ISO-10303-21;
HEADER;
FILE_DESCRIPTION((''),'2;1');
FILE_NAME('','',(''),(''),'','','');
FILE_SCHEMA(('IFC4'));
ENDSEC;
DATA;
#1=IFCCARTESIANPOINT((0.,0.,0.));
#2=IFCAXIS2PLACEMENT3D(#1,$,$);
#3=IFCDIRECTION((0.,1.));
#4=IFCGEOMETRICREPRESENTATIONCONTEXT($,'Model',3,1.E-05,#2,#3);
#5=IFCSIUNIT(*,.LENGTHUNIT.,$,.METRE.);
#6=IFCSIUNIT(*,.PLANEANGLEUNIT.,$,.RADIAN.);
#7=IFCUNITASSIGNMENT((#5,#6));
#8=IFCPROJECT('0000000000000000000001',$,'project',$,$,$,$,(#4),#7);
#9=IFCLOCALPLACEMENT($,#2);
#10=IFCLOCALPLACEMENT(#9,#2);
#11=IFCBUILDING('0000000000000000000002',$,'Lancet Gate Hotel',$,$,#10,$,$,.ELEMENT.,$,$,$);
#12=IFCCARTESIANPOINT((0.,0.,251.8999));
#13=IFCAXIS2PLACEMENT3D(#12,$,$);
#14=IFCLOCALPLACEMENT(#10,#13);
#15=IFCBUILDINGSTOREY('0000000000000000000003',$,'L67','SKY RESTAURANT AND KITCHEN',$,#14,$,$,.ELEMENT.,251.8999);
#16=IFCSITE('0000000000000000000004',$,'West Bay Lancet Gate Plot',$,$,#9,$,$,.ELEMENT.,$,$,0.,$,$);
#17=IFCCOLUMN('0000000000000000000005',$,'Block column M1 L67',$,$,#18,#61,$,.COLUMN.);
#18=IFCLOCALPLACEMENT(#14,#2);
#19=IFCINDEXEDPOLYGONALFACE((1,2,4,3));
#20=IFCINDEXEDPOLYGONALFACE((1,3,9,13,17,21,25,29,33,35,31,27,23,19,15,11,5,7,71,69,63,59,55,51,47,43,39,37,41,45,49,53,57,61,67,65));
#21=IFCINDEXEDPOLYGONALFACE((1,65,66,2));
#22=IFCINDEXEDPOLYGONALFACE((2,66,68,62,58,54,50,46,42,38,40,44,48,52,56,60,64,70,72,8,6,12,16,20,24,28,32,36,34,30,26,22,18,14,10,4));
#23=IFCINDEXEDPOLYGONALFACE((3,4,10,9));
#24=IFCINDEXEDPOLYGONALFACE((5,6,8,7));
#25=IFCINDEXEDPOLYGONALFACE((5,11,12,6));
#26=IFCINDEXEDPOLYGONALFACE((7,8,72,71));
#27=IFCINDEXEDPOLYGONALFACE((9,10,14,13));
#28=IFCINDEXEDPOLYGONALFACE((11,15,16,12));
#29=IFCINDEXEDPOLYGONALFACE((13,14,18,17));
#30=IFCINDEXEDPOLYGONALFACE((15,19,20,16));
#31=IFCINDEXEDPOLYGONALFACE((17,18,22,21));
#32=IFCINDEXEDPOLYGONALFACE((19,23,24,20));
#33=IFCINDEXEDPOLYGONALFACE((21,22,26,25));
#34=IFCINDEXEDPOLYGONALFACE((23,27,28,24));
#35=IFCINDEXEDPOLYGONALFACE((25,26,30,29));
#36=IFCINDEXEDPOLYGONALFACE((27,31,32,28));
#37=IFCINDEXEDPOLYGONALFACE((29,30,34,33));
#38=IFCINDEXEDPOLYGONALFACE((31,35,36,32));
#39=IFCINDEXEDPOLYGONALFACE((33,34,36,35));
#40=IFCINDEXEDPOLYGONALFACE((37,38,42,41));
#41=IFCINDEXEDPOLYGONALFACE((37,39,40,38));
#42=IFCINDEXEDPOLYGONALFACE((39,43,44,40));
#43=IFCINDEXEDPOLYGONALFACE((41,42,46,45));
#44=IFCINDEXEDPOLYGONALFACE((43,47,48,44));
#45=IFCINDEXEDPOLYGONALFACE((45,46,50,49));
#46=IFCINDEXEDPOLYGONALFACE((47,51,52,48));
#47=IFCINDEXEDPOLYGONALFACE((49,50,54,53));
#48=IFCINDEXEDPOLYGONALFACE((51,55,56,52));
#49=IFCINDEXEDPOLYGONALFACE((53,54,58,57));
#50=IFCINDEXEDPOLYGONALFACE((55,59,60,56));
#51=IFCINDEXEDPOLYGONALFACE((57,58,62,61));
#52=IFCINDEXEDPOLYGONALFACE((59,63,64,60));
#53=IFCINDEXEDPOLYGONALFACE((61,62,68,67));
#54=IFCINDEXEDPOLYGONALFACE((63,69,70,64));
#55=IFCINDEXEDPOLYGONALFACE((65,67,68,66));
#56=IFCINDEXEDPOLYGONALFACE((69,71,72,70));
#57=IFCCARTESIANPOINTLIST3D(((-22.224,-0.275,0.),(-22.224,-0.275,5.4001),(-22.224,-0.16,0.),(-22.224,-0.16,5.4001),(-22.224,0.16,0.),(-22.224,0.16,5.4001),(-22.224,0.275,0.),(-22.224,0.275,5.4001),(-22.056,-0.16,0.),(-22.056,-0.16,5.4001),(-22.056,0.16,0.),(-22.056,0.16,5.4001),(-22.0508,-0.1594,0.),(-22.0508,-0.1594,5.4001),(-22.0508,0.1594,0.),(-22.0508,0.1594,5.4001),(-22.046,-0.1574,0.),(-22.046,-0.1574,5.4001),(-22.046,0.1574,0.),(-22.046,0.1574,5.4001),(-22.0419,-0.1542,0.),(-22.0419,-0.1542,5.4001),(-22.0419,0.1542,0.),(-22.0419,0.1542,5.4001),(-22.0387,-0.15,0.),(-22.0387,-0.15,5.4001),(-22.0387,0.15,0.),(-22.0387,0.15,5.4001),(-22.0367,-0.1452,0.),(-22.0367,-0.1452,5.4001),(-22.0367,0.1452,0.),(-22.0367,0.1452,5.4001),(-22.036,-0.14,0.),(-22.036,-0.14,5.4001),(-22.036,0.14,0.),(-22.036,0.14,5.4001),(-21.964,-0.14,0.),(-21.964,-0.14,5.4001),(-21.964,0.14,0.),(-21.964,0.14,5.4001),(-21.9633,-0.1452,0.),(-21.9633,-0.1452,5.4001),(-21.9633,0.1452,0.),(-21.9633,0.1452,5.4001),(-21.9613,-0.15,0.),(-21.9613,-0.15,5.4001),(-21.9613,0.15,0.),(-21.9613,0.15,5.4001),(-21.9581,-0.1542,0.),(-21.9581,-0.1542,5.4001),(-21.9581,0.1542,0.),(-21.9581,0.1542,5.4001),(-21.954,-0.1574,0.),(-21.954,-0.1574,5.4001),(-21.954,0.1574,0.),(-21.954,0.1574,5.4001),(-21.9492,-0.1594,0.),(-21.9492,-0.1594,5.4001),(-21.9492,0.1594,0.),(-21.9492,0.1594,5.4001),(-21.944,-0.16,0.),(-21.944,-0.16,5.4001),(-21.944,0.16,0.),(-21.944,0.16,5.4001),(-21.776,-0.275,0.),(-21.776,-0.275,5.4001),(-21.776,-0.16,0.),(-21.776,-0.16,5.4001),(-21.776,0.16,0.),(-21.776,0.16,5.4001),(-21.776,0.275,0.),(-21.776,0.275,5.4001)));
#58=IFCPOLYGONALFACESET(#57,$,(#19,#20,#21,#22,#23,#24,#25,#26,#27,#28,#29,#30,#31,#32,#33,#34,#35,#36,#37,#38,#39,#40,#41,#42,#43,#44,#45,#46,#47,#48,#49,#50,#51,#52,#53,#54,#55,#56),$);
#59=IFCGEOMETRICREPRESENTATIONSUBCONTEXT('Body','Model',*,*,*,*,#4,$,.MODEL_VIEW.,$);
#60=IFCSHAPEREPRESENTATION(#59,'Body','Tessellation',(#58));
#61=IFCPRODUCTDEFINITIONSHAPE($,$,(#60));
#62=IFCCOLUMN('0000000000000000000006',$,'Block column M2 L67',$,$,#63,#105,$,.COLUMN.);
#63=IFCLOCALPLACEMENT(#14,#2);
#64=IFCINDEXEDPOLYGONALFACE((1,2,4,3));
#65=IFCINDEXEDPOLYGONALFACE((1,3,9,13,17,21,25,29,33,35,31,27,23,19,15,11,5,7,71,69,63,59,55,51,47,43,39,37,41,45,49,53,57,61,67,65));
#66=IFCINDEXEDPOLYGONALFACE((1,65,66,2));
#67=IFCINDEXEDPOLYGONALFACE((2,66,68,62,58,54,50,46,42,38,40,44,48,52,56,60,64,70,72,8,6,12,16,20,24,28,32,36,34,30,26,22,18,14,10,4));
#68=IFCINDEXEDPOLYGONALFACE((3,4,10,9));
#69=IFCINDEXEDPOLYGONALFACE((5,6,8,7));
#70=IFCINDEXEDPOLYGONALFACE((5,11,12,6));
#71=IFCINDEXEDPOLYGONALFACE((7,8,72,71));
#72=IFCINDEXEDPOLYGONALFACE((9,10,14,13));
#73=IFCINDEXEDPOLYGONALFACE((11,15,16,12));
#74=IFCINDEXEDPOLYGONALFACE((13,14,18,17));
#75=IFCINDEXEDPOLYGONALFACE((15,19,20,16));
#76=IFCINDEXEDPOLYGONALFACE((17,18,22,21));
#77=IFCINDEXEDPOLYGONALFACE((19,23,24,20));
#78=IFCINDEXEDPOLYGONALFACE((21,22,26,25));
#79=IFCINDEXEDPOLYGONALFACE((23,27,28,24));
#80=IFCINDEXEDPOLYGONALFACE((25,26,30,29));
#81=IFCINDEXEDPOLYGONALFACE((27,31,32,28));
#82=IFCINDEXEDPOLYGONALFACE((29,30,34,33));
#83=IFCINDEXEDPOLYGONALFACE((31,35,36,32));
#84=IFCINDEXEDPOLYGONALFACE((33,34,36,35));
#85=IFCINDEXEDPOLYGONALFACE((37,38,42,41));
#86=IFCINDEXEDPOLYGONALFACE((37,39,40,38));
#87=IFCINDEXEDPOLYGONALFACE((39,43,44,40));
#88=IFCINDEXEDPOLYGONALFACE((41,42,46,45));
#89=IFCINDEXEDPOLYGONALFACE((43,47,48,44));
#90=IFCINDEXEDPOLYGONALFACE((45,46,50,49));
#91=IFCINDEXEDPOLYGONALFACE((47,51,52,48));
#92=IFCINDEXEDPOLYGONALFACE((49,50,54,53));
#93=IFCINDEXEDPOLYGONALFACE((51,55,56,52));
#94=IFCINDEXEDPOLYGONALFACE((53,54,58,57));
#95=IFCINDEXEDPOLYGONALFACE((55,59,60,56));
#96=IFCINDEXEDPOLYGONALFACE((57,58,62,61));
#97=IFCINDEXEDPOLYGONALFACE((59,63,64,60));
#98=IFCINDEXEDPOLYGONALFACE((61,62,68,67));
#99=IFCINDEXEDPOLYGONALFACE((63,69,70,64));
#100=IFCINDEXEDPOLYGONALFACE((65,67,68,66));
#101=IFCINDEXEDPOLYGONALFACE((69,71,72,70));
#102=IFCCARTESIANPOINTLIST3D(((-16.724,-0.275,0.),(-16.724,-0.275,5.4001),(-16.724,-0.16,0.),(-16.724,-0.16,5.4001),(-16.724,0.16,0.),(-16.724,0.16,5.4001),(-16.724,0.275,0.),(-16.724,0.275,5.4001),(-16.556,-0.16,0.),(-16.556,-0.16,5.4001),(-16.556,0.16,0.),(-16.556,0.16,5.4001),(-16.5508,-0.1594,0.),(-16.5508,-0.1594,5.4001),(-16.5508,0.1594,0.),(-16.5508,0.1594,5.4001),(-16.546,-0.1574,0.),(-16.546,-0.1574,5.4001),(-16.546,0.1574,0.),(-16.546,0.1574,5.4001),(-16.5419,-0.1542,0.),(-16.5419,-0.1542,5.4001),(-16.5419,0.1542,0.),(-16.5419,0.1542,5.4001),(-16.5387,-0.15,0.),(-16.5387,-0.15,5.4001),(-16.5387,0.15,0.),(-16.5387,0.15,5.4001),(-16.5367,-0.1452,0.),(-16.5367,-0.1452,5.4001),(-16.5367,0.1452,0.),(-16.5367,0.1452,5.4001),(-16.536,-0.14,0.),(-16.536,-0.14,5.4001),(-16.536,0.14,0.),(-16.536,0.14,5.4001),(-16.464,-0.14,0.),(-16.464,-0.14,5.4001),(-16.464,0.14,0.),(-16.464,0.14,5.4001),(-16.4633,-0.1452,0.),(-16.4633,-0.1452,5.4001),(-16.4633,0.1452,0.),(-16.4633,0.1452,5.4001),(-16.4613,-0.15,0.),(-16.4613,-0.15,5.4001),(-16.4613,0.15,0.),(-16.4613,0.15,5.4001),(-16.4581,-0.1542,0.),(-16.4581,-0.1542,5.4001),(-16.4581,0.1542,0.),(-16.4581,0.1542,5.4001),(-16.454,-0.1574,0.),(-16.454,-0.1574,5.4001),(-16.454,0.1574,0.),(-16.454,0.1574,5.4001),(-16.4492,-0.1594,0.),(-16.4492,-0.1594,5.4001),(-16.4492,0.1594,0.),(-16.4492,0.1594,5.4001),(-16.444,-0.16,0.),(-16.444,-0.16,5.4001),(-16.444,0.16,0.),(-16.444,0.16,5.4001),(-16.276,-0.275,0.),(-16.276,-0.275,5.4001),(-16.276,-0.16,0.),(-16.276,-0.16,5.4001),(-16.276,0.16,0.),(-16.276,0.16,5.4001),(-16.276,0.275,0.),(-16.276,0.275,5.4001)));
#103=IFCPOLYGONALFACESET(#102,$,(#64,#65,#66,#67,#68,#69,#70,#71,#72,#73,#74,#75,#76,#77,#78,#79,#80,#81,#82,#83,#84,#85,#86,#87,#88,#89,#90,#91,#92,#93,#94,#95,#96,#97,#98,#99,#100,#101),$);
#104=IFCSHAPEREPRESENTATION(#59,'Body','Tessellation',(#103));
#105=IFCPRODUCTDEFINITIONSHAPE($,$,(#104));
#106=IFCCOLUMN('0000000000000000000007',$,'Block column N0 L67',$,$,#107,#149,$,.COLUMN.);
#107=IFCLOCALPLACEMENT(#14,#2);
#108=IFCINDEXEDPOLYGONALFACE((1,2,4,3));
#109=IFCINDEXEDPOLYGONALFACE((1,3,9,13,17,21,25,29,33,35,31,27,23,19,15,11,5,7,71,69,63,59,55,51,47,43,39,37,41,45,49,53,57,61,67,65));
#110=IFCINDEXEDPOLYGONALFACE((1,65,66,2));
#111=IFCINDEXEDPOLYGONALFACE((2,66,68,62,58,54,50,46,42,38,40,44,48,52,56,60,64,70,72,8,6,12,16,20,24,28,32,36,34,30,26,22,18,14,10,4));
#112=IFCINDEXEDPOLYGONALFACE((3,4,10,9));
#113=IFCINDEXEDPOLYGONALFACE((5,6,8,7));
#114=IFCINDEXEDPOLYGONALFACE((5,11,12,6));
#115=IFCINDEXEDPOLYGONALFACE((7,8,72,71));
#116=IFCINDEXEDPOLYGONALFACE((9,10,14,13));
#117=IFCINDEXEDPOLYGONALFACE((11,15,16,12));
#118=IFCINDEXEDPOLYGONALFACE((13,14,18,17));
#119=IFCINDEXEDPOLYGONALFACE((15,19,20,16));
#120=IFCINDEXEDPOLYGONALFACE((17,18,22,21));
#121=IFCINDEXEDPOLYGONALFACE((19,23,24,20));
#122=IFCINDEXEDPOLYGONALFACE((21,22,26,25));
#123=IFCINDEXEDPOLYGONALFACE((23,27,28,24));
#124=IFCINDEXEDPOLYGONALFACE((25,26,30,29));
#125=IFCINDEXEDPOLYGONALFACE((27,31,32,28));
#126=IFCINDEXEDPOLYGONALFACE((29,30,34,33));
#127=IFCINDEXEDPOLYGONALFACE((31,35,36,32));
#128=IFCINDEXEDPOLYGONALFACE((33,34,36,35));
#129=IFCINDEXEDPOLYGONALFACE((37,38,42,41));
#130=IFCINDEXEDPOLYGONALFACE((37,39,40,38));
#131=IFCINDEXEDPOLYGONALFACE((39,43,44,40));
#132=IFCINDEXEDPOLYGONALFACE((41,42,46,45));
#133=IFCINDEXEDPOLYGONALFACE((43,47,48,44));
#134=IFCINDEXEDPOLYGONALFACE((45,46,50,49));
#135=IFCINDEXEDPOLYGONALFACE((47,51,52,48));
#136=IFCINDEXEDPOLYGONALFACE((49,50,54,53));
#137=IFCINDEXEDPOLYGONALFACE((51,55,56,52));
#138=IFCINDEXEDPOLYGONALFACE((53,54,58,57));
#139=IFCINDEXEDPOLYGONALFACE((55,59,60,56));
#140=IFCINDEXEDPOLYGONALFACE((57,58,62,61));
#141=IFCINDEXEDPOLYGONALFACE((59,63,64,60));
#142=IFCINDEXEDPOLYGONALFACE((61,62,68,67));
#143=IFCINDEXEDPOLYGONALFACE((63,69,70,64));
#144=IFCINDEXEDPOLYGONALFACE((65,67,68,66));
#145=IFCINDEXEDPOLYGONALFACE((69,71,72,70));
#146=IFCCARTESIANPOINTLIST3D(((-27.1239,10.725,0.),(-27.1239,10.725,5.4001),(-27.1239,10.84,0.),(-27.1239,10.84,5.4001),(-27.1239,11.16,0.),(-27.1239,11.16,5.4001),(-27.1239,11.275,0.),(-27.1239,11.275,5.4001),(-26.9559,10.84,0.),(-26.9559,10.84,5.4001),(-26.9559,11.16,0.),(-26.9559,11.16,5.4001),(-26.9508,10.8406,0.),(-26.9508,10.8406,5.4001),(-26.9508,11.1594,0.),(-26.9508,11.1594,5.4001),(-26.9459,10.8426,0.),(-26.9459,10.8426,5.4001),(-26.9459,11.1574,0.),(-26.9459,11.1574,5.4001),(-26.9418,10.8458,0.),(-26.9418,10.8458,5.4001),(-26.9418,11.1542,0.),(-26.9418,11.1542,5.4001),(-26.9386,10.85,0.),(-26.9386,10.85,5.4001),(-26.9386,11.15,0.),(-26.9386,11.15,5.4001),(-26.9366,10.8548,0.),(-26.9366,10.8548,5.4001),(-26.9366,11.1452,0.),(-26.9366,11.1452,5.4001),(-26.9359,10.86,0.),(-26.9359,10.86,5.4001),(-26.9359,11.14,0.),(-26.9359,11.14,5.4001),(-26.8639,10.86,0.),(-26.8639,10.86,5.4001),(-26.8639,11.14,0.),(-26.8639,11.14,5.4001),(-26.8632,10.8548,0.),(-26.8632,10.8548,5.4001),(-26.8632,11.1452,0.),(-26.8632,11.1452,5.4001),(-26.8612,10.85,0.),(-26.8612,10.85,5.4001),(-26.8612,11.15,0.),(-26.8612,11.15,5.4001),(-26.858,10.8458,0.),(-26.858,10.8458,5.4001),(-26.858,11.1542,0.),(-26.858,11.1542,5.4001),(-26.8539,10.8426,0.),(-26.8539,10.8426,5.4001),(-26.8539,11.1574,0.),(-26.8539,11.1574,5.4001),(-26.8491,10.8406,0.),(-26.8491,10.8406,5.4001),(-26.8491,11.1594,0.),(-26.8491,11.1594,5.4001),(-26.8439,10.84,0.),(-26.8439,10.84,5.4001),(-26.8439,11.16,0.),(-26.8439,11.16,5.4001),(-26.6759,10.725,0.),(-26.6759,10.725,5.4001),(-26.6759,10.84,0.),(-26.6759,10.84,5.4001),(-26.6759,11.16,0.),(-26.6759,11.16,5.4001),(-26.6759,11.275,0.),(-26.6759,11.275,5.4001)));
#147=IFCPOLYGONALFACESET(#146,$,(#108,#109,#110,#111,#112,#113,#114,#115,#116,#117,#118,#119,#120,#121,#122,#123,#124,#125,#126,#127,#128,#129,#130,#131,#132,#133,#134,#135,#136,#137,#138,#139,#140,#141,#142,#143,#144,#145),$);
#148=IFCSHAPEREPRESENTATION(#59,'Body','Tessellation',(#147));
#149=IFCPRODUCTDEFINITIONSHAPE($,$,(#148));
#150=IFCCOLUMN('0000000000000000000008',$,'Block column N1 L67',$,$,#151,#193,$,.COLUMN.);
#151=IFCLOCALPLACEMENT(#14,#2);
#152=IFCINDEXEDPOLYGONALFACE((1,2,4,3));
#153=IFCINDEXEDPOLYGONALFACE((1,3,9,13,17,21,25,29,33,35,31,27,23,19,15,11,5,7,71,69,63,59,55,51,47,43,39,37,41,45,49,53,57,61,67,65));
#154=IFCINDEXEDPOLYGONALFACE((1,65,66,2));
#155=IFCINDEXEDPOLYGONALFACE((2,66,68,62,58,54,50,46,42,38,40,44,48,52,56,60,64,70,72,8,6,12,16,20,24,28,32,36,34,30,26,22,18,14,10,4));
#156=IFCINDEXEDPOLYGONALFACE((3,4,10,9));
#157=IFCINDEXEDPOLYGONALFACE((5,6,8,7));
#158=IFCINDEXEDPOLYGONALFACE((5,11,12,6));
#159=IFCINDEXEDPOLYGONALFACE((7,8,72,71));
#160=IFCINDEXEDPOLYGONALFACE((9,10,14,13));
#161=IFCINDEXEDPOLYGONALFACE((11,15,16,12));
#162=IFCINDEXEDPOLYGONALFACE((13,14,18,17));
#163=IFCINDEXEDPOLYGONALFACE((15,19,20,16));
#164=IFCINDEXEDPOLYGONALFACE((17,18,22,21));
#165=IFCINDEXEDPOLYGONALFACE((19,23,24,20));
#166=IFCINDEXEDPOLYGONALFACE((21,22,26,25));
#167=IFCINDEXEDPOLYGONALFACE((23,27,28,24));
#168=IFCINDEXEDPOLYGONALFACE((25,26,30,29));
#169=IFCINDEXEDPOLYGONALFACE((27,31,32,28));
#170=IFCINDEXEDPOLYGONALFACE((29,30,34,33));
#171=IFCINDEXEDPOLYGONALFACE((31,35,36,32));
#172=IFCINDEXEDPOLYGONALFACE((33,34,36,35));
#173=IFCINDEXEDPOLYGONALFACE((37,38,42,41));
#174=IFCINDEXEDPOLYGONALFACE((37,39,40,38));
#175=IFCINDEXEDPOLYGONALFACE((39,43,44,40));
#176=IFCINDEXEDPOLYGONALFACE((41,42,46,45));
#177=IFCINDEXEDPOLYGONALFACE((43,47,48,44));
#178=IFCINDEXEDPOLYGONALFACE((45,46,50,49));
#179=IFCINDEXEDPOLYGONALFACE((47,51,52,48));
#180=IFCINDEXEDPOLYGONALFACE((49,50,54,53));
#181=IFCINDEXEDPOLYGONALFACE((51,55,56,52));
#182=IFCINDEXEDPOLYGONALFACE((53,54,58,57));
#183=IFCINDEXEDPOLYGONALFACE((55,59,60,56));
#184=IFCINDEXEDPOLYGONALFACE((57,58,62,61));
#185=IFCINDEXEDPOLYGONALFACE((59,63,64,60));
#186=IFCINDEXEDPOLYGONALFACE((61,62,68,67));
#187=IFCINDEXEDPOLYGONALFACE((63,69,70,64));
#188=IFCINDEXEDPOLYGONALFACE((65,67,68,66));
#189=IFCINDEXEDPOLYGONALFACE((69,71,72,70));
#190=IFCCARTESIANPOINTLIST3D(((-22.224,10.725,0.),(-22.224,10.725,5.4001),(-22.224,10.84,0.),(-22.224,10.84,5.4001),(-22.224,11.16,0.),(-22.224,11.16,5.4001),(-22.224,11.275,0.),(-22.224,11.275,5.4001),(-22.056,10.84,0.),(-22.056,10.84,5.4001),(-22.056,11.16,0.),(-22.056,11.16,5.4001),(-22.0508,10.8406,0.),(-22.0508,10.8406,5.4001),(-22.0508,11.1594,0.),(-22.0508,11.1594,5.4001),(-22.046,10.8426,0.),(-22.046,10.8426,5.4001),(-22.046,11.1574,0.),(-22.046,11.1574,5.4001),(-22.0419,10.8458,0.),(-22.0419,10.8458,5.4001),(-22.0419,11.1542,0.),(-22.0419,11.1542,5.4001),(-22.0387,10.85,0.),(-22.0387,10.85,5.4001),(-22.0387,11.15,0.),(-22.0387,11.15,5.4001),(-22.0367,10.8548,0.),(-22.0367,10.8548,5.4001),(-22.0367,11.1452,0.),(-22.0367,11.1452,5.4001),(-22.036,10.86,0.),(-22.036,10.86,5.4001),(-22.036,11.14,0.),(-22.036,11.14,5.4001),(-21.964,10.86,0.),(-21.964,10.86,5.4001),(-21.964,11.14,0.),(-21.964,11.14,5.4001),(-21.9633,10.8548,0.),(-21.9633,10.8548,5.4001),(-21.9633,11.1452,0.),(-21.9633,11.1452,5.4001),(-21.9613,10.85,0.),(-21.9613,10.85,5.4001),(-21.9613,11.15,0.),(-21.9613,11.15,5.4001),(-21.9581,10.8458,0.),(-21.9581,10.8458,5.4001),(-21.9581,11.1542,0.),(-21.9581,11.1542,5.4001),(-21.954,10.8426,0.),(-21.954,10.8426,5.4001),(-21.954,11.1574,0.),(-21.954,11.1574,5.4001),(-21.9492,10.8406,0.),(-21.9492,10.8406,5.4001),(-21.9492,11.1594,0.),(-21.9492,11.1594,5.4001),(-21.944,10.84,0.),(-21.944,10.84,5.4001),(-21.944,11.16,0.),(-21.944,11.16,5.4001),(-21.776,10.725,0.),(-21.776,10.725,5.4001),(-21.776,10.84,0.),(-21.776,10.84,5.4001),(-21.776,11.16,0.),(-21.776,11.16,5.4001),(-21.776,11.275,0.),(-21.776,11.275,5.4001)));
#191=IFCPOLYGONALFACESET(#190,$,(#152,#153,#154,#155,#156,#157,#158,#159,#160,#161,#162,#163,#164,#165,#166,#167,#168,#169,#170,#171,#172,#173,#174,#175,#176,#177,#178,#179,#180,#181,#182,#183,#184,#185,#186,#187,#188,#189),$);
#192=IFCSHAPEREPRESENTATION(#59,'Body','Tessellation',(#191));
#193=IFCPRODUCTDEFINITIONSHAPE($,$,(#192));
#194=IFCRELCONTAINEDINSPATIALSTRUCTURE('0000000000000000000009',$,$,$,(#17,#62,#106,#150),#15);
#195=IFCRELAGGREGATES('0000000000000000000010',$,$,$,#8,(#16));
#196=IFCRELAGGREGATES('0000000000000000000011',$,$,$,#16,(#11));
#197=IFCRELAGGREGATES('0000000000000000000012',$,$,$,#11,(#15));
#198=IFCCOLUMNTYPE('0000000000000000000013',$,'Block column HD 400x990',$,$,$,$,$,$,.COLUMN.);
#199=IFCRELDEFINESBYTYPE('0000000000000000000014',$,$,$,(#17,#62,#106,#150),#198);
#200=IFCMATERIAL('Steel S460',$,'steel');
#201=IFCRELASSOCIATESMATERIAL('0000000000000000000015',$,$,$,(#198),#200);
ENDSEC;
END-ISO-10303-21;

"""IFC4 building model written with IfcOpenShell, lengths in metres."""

from ifc_helpers import new_model, si_unit, direction, frame, origin, origin_2d, place, context, subcontext, project, spatial, i_section, extrude, material, material_profile, profile_set, type_object, element, save


model = new_model("IFC4")

# Units and contexts
model_context = context("Model", 3, precision=1e-05, world=origin(), true_north=direction((0.0, 1.0)))
body_context = subcontext(model_context, "Body", "Model", "MODEL_VIEW")
ifc_project = project(units=[si_unit("LENGTHUNIT", "METRE"), si_unit("PLANEANGLEUNIT", "RADIAN")], contexts=[model_context])

# Site, building, storey
site_placement = place(None, origin())
site = spatial("IfcSite", under=ifc_project, at=site_placement, Name="West Bay Lancet Gate Plot", CompositionType="ELEMENT", RefElevation=0.0)
building_placement = place(site_placement, origin())
building = spatial("IfcBuilding", under=site, at=building_placement, Name="Lancet Gate Hotel", CompositionType="ELEMENT")
storey_placement = place(building_placement, frame((0.0, 0.0, 251.8999)))
storey = spatial("IfcBuildingStorey", under=building, at=storey_placement, Name="L67", Description="SKY RESTAURANT AND KITCHEN", CompositionType="ELEMENT", Elevation=251.8999)

# Columns
ifc_material_1 = material(Name="Steel S460", Category="steel")
ifc_material_profile_1 = material_profile(ifc_material_1, i_section(OverallWidth=0.448, OverallDepth=0.55, WebThickness=0.072, FlangeThickness=0.115, FilletRadius=0.02, at=origin_2d()), Name="HD 400x990")
ifc_profile_set_1 = profile_set([ifc_material_profile_1], Name="Steel S460")
column_type_1 = type_object("IfcColumnType", Name="Block column HD 400x990", PredefinedType="COLUMN", material=ifc_profile_set_1)
for number, where, z_axis, x_axis, name in (
    (1, (-22.0, 0.0, 0.0), (0.0, 0.0, 1.0), (1.0, 0.0, 0.0), "Block column M1 L67"),
    (2, (-16.5, 0.0, 0.0), (0.0, 0.0, 1.0), (1.0, 0.0, 0.0), "Block column M2 L67"),
    (3, (-26.8999, 11.0, 0.0), (0.0, 0.0, 1.0), (1.0, 0.0, 0.0), "Block column N0 L67"),
    (4, (-22.0, 11.0, 0.0), (0.0, 0.0, 1.0), (1.0, 0.0, 0.0), "Block column N1 L67"),
):
    element("IfcColumn", number, at=place(storey_placement, frame(where, z_axis=z_axis, x_axis=x_axis)), inside=storey, type_object=column_type_1, Name=name, PredefinedType="COLUMN", context=body_context, shape_type="SweptSolid", body=[
        extrude(i_section(OverallWidth=0.448, OverallDepth=0.55, WebThickness=0.072, FlangeThickness=0.115, FilletRadius=0.02, at=origin_2d()), origin(), (0.0, 0.0, 1.0), 5.4001),
    ])

save(model, "model.ifc")
